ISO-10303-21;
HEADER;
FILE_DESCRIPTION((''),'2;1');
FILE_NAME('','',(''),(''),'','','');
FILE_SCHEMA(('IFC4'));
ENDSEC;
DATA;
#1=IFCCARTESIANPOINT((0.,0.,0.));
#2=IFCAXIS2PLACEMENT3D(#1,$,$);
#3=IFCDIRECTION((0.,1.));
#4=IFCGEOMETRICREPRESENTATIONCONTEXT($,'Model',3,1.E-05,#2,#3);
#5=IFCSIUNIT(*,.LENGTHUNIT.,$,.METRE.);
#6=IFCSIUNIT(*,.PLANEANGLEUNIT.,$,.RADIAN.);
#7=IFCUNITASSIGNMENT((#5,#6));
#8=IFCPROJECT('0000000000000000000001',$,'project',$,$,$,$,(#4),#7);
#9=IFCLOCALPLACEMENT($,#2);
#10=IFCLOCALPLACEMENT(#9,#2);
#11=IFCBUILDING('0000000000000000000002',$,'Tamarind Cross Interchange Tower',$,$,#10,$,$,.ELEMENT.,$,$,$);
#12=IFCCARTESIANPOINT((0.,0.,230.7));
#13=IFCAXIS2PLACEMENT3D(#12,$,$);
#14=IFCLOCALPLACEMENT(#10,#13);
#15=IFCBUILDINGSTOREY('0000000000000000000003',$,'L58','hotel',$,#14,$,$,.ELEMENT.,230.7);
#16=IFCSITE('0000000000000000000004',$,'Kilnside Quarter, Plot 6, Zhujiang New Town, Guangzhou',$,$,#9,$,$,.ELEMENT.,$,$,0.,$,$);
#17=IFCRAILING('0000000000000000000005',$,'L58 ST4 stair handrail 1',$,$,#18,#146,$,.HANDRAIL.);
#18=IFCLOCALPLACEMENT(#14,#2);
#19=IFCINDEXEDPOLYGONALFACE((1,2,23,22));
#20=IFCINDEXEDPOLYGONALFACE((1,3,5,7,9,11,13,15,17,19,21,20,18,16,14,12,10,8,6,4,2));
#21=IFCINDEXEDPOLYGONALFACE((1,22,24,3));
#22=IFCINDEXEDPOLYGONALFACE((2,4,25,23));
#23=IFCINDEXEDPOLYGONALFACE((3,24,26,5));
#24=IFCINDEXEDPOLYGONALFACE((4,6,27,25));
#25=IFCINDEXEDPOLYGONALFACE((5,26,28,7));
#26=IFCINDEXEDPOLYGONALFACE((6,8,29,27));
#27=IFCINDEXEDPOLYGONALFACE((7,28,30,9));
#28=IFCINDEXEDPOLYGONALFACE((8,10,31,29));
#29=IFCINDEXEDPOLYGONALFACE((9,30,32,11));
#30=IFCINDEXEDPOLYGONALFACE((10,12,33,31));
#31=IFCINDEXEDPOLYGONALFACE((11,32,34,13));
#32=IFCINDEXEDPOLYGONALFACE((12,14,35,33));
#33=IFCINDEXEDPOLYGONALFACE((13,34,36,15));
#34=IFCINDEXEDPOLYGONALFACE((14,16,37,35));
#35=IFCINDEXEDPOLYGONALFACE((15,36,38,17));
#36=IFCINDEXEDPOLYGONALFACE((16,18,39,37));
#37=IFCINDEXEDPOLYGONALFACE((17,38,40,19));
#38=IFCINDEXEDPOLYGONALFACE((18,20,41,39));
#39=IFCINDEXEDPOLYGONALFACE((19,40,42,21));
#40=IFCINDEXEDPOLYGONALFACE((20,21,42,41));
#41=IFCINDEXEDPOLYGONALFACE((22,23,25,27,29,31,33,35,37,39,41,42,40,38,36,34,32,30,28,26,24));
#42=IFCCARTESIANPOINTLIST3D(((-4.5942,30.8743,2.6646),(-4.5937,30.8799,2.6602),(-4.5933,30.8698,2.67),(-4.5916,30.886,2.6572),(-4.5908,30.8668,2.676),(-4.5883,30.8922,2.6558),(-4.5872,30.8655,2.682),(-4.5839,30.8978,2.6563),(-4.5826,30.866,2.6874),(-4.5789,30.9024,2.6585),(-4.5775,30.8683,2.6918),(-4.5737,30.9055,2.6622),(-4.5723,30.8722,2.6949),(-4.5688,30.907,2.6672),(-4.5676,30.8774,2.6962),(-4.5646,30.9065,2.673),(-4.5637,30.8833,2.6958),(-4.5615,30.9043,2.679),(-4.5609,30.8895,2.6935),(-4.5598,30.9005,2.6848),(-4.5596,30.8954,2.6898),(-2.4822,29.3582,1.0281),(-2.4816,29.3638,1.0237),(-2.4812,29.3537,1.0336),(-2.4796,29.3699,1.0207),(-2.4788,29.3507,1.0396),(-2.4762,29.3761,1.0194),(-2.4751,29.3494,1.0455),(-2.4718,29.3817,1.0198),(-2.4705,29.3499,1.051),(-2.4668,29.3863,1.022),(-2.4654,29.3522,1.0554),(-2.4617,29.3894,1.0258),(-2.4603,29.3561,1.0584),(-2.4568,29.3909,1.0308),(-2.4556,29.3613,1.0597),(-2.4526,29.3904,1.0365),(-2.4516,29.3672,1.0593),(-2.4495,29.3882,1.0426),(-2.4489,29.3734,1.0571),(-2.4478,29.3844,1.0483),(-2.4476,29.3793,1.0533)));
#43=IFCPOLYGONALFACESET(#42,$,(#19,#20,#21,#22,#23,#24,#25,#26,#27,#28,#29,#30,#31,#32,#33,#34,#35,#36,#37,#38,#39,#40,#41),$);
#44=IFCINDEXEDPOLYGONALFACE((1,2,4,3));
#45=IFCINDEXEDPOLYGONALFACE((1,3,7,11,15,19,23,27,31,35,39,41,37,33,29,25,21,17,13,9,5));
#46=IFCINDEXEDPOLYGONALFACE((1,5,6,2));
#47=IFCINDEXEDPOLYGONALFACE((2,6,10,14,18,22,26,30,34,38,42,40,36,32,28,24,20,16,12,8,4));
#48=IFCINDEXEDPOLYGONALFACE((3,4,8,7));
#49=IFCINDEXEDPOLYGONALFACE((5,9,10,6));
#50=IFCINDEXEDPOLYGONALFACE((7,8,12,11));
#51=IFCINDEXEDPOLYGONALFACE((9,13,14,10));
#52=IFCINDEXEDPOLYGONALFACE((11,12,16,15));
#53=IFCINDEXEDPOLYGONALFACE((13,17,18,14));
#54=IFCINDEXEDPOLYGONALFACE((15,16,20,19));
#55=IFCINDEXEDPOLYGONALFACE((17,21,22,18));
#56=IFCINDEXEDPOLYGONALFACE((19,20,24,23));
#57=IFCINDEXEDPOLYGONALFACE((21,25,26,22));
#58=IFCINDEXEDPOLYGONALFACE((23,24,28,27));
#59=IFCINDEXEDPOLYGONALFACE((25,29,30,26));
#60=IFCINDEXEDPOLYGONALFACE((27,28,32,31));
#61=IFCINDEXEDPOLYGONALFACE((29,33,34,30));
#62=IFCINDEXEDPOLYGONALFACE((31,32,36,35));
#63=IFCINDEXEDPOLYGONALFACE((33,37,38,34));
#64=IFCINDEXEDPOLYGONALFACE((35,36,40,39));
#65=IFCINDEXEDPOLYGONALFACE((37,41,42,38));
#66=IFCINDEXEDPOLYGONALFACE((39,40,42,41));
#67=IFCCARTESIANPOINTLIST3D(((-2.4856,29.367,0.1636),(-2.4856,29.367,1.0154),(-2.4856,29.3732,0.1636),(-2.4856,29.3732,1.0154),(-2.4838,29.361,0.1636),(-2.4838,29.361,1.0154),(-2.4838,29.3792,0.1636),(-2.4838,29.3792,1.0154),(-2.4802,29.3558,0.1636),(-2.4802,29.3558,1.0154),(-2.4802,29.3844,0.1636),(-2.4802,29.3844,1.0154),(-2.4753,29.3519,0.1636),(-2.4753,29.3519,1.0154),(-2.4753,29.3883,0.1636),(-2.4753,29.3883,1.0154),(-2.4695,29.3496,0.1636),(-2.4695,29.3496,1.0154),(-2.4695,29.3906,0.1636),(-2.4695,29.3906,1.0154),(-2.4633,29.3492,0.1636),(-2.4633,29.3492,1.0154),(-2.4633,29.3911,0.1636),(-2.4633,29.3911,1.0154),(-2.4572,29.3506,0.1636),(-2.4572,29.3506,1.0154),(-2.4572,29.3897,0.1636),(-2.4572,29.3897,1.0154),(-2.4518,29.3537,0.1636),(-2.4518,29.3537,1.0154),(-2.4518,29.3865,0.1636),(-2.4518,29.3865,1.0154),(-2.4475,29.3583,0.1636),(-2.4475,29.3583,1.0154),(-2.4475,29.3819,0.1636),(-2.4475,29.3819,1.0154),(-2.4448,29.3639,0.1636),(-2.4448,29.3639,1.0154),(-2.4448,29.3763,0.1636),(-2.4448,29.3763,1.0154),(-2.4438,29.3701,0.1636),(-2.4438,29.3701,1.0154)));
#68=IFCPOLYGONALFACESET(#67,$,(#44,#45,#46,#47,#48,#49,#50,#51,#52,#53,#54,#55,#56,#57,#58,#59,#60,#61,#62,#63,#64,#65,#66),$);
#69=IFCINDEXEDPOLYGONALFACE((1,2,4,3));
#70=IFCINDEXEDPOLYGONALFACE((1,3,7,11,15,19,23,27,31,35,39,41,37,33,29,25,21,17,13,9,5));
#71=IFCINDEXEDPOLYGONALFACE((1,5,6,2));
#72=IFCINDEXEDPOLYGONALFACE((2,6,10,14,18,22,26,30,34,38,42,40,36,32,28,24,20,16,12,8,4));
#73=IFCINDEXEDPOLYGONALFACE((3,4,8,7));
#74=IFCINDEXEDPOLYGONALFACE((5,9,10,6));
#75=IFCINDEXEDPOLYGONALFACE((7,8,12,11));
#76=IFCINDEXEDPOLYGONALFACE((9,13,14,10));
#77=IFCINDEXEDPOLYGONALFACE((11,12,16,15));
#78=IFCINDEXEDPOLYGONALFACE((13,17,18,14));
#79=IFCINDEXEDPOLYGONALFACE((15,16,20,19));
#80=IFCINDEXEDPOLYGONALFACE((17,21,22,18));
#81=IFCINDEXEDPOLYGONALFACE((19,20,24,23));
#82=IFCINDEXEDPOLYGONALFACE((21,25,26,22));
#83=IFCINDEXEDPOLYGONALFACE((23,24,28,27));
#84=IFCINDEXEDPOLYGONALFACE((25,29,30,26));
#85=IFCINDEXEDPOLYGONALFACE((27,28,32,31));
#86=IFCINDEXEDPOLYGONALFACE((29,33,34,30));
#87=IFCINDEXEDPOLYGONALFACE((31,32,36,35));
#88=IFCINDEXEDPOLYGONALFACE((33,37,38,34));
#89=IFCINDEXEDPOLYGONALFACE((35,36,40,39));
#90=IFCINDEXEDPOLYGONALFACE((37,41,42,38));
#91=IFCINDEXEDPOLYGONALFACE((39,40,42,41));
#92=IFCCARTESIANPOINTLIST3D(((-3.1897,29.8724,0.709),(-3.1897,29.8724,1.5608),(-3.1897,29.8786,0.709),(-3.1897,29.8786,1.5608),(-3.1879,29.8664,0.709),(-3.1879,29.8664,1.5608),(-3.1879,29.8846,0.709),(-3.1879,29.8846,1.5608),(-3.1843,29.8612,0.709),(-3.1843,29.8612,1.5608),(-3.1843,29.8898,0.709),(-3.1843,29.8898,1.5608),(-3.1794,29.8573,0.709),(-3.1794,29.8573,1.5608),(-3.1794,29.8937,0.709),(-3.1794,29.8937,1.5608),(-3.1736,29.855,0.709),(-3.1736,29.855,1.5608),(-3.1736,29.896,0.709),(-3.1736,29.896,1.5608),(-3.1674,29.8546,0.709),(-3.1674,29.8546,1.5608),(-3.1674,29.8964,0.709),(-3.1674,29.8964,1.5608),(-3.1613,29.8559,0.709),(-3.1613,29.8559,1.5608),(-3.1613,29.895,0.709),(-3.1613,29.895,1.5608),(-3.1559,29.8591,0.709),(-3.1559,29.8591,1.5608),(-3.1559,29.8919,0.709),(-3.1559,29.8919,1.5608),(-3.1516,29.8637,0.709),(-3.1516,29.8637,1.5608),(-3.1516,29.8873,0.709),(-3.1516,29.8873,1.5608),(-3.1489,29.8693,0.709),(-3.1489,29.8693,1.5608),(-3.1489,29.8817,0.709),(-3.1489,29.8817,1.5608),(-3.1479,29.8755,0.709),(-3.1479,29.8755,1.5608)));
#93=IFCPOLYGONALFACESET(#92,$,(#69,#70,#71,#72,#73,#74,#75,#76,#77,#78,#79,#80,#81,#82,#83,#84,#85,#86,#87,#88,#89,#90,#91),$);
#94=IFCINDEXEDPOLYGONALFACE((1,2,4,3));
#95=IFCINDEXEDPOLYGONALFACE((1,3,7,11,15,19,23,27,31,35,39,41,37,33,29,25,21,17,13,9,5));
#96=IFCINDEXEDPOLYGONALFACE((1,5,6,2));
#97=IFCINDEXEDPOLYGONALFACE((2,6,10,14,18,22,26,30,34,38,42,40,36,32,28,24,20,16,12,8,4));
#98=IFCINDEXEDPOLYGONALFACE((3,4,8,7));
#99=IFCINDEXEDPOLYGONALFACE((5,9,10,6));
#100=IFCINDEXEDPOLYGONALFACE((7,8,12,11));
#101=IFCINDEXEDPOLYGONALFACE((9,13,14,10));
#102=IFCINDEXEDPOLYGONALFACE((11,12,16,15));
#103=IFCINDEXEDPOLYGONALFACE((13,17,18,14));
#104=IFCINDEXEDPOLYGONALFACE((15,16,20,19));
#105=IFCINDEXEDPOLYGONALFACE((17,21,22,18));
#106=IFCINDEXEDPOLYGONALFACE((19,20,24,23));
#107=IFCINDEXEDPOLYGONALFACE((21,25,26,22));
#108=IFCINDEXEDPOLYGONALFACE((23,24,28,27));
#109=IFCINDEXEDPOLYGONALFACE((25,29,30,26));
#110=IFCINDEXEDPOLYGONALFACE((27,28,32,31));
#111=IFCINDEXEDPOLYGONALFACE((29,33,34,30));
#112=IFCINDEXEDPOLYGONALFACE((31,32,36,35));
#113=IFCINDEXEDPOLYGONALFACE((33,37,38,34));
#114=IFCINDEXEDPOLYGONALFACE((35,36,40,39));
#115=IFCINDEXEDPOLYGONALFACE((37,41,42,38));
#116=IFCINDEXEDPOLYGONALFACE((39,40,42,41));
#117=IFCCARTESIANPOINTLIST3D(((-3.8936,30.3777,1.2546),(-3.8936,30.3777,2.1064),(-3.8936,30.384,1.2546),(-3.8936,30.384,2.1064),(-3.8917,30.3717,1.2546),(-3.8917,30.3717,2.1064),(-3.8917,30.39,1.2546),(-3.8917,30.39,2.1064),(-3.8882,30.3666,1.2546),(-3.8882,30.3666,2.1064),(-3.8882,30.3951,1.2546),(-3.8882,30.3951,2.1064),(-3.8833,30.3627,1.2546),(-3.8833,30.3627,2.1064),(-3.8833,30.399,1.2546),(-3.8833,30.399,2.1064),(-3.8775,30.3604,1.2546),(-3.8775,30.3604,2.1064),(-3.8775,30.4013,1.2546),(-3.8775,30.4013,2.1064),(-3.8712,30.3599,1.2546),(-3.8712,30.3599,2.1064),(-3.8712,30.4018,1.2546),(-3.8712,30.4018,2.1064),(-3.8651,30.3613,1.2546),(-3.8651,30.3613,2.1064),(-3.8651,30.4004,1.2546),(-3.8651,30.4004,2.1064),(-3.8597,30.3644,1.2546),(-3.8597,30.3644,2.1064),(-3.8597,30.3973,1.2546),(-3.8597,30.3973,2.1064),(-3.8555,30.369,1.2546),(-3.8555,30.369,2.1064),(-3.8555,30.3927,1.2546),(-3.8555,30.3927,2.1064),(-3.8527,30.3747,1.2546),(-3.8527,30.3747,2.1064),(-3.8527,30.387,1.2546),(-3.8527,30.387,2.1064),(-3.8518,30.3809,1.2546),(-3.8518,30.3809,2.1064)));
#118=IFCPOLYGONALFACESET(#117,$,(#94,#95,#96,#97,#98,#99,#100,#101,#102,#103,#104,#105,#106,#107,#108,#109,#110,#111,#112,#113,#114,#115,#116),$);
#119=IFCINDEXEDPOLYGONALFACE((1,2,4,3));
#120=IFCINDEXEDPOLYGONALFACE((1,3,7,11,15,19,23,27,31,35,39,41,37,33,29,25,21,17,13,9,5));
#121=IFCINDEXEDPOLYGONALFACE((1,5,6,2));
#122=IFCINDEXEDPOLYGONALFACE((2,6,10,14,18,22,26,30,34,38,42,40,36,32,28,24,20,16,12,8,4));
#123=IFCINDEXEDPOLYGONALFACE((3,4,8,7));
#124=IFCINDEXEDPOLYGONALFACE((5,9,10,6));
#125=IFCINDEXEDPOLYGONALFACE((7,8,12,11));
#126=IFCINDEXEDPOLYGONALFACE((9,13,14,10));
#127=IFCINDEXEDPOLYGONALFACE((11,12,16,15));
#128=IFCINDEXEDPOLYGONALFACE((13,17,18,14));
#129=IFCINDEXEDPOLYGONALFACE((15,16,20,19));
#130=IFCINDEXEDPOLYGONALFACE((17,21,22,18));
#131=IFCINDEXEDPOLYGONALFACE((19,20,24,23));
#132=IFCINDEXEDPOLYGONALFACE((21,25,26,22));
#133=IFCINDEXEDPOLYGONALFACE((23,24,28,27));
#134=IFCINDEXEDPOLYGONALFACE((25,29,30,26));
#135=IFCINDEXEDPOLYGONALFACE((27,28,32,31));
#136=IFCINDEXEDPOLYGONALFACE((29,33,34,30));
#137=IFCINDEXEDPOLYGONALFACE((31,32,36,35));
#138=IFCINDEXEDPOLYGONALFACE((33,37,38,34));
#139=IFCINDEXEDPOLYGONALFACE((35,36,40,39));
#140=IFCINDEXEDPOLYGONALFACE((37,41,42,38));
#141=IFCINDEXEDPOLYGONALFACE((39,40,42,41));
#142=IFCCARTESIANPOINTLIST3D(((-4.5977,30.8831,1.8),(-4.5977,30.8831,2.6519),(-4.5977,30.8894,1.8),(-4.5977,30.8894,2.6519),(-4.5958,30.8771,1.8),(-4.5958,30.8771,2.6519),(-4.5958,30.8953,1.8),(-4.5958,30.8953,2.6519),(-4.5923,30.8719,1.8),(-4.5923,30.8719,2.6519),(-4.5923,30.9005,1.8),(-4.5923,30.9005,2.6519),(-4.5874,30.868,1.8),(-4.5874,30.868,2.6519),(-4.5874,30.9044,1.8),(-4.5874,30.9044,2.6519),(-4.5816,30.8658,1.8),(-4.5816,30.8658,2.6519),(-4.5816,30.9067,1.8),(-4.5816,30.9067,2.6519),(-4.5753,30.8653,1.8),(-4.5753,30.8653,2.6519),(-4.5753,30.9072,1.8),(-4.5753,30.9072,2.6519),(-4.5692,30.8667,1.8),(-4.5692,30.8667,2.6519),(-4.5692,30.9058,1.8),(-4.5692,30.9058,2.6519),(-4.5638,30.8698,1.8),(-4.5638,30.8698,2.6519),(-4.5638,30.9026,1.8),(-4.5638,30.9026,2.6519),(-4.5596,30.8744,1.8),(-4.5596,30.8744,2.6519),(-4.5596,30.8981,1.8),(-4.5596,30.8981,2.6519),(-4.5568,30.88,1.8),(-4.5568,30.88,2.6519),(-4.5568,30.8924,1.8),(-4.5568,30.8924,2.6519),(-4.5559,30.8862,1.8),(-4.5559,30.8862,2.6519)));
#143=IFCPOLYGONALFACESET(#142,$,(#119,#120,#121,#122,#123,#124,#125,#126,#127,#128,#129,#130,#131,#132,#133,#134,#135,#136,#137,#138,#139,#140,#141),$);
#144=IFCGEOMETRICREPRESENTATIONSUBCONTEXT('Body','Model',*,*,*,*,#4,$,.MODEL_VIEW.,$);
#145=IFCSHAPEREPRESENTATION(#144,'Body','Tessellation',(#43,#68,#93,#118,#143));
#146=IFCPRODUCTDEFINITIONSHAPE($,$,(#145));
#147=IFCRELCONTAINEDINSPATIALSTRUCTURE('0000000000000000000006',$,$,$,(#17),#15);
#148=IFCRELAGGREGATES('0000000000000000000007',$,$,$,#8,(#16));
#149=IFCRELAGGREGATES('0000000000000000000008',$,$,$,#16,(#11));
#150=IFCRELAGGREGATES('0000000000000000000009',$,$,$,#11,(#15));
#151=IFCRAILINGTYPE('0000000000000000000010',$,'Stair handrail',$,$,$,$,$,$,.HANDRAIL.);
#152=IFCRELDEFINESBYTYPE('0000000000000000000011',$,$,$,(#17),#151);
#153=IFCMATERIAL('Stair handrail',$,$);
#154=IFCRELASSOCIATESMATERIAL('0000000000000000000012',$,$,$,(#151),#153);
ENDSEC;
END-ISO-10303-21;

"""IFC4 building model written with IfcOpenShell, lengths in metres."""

from ifc_helpers import new_model, si_unit, direction, frame, origin, origin_2d, place, context, subcontext, project, spatial, circle, extrude, material, type_object, element, save


model = new_model("IFC4")

# Units and contexts
model_context = context("Model", 3, precision=1e-05, world=origin(), true_north=direction((0.0, 1.0)))
body_context = subcontext(model_context, "Body", "Model", "MODEL_VIEW")
ifc_project = project(units=[si_unit("LENGTHUNIT", "METRE"), si_unit("PLANEANGLEUNIT", "RADIAN")], contexts=[model_context])

# Site, building, storey
site_placement = place(None, origin())
site = spatial("IfcSite", under=ifc_project, at=site_placement, Name="Kilnside Quarter, Plot 6, Zhujiang New Town, Guangzhou", CompositionType="ELEMENT", RefElevation=0.0)
building_placement = place(site_placement, origin())
building = spatial("IfcBuilding", under=site, at=building_placement, Name="Tamarind Cross Interchange Tower", CompositionType="ELEMENT")
storey_placement = place(building_placement, frame((0.0, 0.0, 230.7)))
storey = spatial("IfcBuildingStorey", under=building, at=storey_placement, Name="L58", Description="hotel", CompositionType="ELEMENT", Elevation=230.7)

# Railing
ifc_material_1 = material(Name="Stair handrail")
railing_type_1 = type_object("IfcRailingType", Name="Stair handrail", PredefinedType="HANDRAIL", material=ifc_material_1)
railing_1_placement = place(storey_placement, frame((-2.4648, 29.3701, 0.1636)))
element("IfcRailing", 1, at=railing_1_placement, inside=storey, type_object=railing_type_1, Name="L58 ST4 stair handrail 1", PredefinedType="HANDRAIL", context=body_context, shape_type="SweptSolid", body=[
    extrude(circle(Radius=0.0239, at=origin_2d()), frame((0.0, 0.0, 0.876), z_axis=(-0.68751, 0.49352, 0.532699), x_axis=(-0.583146, -0.812367, 0.0)), (0.0, 0.0, 1.0), 3.072),
    extrude(circle(Radius=0.021, at=origin_2d()), origin(), (0.0, 0.0, 1.0), 0.8518),
    extrude(circle(Radius=0.021, at=origin_2d()), frame((-0.7041, 0.5054, 0.5454)), (0.0, 0.0, 1.0), 0.8518),
    extrude(circle(Radius=0.021, at=origin_2d()), frame((-1.408, 1.0107, 1.0911)), (0.0, 0.0, 1.0), 0.8518),
    extrude(circle(Radius=0.021, at=origin_2d()), frame((-2.1121, 1.5161, 1.6365)), (0.0, 0.0, 1.0), 0.8518),
])

save(model, "model.ifc")
